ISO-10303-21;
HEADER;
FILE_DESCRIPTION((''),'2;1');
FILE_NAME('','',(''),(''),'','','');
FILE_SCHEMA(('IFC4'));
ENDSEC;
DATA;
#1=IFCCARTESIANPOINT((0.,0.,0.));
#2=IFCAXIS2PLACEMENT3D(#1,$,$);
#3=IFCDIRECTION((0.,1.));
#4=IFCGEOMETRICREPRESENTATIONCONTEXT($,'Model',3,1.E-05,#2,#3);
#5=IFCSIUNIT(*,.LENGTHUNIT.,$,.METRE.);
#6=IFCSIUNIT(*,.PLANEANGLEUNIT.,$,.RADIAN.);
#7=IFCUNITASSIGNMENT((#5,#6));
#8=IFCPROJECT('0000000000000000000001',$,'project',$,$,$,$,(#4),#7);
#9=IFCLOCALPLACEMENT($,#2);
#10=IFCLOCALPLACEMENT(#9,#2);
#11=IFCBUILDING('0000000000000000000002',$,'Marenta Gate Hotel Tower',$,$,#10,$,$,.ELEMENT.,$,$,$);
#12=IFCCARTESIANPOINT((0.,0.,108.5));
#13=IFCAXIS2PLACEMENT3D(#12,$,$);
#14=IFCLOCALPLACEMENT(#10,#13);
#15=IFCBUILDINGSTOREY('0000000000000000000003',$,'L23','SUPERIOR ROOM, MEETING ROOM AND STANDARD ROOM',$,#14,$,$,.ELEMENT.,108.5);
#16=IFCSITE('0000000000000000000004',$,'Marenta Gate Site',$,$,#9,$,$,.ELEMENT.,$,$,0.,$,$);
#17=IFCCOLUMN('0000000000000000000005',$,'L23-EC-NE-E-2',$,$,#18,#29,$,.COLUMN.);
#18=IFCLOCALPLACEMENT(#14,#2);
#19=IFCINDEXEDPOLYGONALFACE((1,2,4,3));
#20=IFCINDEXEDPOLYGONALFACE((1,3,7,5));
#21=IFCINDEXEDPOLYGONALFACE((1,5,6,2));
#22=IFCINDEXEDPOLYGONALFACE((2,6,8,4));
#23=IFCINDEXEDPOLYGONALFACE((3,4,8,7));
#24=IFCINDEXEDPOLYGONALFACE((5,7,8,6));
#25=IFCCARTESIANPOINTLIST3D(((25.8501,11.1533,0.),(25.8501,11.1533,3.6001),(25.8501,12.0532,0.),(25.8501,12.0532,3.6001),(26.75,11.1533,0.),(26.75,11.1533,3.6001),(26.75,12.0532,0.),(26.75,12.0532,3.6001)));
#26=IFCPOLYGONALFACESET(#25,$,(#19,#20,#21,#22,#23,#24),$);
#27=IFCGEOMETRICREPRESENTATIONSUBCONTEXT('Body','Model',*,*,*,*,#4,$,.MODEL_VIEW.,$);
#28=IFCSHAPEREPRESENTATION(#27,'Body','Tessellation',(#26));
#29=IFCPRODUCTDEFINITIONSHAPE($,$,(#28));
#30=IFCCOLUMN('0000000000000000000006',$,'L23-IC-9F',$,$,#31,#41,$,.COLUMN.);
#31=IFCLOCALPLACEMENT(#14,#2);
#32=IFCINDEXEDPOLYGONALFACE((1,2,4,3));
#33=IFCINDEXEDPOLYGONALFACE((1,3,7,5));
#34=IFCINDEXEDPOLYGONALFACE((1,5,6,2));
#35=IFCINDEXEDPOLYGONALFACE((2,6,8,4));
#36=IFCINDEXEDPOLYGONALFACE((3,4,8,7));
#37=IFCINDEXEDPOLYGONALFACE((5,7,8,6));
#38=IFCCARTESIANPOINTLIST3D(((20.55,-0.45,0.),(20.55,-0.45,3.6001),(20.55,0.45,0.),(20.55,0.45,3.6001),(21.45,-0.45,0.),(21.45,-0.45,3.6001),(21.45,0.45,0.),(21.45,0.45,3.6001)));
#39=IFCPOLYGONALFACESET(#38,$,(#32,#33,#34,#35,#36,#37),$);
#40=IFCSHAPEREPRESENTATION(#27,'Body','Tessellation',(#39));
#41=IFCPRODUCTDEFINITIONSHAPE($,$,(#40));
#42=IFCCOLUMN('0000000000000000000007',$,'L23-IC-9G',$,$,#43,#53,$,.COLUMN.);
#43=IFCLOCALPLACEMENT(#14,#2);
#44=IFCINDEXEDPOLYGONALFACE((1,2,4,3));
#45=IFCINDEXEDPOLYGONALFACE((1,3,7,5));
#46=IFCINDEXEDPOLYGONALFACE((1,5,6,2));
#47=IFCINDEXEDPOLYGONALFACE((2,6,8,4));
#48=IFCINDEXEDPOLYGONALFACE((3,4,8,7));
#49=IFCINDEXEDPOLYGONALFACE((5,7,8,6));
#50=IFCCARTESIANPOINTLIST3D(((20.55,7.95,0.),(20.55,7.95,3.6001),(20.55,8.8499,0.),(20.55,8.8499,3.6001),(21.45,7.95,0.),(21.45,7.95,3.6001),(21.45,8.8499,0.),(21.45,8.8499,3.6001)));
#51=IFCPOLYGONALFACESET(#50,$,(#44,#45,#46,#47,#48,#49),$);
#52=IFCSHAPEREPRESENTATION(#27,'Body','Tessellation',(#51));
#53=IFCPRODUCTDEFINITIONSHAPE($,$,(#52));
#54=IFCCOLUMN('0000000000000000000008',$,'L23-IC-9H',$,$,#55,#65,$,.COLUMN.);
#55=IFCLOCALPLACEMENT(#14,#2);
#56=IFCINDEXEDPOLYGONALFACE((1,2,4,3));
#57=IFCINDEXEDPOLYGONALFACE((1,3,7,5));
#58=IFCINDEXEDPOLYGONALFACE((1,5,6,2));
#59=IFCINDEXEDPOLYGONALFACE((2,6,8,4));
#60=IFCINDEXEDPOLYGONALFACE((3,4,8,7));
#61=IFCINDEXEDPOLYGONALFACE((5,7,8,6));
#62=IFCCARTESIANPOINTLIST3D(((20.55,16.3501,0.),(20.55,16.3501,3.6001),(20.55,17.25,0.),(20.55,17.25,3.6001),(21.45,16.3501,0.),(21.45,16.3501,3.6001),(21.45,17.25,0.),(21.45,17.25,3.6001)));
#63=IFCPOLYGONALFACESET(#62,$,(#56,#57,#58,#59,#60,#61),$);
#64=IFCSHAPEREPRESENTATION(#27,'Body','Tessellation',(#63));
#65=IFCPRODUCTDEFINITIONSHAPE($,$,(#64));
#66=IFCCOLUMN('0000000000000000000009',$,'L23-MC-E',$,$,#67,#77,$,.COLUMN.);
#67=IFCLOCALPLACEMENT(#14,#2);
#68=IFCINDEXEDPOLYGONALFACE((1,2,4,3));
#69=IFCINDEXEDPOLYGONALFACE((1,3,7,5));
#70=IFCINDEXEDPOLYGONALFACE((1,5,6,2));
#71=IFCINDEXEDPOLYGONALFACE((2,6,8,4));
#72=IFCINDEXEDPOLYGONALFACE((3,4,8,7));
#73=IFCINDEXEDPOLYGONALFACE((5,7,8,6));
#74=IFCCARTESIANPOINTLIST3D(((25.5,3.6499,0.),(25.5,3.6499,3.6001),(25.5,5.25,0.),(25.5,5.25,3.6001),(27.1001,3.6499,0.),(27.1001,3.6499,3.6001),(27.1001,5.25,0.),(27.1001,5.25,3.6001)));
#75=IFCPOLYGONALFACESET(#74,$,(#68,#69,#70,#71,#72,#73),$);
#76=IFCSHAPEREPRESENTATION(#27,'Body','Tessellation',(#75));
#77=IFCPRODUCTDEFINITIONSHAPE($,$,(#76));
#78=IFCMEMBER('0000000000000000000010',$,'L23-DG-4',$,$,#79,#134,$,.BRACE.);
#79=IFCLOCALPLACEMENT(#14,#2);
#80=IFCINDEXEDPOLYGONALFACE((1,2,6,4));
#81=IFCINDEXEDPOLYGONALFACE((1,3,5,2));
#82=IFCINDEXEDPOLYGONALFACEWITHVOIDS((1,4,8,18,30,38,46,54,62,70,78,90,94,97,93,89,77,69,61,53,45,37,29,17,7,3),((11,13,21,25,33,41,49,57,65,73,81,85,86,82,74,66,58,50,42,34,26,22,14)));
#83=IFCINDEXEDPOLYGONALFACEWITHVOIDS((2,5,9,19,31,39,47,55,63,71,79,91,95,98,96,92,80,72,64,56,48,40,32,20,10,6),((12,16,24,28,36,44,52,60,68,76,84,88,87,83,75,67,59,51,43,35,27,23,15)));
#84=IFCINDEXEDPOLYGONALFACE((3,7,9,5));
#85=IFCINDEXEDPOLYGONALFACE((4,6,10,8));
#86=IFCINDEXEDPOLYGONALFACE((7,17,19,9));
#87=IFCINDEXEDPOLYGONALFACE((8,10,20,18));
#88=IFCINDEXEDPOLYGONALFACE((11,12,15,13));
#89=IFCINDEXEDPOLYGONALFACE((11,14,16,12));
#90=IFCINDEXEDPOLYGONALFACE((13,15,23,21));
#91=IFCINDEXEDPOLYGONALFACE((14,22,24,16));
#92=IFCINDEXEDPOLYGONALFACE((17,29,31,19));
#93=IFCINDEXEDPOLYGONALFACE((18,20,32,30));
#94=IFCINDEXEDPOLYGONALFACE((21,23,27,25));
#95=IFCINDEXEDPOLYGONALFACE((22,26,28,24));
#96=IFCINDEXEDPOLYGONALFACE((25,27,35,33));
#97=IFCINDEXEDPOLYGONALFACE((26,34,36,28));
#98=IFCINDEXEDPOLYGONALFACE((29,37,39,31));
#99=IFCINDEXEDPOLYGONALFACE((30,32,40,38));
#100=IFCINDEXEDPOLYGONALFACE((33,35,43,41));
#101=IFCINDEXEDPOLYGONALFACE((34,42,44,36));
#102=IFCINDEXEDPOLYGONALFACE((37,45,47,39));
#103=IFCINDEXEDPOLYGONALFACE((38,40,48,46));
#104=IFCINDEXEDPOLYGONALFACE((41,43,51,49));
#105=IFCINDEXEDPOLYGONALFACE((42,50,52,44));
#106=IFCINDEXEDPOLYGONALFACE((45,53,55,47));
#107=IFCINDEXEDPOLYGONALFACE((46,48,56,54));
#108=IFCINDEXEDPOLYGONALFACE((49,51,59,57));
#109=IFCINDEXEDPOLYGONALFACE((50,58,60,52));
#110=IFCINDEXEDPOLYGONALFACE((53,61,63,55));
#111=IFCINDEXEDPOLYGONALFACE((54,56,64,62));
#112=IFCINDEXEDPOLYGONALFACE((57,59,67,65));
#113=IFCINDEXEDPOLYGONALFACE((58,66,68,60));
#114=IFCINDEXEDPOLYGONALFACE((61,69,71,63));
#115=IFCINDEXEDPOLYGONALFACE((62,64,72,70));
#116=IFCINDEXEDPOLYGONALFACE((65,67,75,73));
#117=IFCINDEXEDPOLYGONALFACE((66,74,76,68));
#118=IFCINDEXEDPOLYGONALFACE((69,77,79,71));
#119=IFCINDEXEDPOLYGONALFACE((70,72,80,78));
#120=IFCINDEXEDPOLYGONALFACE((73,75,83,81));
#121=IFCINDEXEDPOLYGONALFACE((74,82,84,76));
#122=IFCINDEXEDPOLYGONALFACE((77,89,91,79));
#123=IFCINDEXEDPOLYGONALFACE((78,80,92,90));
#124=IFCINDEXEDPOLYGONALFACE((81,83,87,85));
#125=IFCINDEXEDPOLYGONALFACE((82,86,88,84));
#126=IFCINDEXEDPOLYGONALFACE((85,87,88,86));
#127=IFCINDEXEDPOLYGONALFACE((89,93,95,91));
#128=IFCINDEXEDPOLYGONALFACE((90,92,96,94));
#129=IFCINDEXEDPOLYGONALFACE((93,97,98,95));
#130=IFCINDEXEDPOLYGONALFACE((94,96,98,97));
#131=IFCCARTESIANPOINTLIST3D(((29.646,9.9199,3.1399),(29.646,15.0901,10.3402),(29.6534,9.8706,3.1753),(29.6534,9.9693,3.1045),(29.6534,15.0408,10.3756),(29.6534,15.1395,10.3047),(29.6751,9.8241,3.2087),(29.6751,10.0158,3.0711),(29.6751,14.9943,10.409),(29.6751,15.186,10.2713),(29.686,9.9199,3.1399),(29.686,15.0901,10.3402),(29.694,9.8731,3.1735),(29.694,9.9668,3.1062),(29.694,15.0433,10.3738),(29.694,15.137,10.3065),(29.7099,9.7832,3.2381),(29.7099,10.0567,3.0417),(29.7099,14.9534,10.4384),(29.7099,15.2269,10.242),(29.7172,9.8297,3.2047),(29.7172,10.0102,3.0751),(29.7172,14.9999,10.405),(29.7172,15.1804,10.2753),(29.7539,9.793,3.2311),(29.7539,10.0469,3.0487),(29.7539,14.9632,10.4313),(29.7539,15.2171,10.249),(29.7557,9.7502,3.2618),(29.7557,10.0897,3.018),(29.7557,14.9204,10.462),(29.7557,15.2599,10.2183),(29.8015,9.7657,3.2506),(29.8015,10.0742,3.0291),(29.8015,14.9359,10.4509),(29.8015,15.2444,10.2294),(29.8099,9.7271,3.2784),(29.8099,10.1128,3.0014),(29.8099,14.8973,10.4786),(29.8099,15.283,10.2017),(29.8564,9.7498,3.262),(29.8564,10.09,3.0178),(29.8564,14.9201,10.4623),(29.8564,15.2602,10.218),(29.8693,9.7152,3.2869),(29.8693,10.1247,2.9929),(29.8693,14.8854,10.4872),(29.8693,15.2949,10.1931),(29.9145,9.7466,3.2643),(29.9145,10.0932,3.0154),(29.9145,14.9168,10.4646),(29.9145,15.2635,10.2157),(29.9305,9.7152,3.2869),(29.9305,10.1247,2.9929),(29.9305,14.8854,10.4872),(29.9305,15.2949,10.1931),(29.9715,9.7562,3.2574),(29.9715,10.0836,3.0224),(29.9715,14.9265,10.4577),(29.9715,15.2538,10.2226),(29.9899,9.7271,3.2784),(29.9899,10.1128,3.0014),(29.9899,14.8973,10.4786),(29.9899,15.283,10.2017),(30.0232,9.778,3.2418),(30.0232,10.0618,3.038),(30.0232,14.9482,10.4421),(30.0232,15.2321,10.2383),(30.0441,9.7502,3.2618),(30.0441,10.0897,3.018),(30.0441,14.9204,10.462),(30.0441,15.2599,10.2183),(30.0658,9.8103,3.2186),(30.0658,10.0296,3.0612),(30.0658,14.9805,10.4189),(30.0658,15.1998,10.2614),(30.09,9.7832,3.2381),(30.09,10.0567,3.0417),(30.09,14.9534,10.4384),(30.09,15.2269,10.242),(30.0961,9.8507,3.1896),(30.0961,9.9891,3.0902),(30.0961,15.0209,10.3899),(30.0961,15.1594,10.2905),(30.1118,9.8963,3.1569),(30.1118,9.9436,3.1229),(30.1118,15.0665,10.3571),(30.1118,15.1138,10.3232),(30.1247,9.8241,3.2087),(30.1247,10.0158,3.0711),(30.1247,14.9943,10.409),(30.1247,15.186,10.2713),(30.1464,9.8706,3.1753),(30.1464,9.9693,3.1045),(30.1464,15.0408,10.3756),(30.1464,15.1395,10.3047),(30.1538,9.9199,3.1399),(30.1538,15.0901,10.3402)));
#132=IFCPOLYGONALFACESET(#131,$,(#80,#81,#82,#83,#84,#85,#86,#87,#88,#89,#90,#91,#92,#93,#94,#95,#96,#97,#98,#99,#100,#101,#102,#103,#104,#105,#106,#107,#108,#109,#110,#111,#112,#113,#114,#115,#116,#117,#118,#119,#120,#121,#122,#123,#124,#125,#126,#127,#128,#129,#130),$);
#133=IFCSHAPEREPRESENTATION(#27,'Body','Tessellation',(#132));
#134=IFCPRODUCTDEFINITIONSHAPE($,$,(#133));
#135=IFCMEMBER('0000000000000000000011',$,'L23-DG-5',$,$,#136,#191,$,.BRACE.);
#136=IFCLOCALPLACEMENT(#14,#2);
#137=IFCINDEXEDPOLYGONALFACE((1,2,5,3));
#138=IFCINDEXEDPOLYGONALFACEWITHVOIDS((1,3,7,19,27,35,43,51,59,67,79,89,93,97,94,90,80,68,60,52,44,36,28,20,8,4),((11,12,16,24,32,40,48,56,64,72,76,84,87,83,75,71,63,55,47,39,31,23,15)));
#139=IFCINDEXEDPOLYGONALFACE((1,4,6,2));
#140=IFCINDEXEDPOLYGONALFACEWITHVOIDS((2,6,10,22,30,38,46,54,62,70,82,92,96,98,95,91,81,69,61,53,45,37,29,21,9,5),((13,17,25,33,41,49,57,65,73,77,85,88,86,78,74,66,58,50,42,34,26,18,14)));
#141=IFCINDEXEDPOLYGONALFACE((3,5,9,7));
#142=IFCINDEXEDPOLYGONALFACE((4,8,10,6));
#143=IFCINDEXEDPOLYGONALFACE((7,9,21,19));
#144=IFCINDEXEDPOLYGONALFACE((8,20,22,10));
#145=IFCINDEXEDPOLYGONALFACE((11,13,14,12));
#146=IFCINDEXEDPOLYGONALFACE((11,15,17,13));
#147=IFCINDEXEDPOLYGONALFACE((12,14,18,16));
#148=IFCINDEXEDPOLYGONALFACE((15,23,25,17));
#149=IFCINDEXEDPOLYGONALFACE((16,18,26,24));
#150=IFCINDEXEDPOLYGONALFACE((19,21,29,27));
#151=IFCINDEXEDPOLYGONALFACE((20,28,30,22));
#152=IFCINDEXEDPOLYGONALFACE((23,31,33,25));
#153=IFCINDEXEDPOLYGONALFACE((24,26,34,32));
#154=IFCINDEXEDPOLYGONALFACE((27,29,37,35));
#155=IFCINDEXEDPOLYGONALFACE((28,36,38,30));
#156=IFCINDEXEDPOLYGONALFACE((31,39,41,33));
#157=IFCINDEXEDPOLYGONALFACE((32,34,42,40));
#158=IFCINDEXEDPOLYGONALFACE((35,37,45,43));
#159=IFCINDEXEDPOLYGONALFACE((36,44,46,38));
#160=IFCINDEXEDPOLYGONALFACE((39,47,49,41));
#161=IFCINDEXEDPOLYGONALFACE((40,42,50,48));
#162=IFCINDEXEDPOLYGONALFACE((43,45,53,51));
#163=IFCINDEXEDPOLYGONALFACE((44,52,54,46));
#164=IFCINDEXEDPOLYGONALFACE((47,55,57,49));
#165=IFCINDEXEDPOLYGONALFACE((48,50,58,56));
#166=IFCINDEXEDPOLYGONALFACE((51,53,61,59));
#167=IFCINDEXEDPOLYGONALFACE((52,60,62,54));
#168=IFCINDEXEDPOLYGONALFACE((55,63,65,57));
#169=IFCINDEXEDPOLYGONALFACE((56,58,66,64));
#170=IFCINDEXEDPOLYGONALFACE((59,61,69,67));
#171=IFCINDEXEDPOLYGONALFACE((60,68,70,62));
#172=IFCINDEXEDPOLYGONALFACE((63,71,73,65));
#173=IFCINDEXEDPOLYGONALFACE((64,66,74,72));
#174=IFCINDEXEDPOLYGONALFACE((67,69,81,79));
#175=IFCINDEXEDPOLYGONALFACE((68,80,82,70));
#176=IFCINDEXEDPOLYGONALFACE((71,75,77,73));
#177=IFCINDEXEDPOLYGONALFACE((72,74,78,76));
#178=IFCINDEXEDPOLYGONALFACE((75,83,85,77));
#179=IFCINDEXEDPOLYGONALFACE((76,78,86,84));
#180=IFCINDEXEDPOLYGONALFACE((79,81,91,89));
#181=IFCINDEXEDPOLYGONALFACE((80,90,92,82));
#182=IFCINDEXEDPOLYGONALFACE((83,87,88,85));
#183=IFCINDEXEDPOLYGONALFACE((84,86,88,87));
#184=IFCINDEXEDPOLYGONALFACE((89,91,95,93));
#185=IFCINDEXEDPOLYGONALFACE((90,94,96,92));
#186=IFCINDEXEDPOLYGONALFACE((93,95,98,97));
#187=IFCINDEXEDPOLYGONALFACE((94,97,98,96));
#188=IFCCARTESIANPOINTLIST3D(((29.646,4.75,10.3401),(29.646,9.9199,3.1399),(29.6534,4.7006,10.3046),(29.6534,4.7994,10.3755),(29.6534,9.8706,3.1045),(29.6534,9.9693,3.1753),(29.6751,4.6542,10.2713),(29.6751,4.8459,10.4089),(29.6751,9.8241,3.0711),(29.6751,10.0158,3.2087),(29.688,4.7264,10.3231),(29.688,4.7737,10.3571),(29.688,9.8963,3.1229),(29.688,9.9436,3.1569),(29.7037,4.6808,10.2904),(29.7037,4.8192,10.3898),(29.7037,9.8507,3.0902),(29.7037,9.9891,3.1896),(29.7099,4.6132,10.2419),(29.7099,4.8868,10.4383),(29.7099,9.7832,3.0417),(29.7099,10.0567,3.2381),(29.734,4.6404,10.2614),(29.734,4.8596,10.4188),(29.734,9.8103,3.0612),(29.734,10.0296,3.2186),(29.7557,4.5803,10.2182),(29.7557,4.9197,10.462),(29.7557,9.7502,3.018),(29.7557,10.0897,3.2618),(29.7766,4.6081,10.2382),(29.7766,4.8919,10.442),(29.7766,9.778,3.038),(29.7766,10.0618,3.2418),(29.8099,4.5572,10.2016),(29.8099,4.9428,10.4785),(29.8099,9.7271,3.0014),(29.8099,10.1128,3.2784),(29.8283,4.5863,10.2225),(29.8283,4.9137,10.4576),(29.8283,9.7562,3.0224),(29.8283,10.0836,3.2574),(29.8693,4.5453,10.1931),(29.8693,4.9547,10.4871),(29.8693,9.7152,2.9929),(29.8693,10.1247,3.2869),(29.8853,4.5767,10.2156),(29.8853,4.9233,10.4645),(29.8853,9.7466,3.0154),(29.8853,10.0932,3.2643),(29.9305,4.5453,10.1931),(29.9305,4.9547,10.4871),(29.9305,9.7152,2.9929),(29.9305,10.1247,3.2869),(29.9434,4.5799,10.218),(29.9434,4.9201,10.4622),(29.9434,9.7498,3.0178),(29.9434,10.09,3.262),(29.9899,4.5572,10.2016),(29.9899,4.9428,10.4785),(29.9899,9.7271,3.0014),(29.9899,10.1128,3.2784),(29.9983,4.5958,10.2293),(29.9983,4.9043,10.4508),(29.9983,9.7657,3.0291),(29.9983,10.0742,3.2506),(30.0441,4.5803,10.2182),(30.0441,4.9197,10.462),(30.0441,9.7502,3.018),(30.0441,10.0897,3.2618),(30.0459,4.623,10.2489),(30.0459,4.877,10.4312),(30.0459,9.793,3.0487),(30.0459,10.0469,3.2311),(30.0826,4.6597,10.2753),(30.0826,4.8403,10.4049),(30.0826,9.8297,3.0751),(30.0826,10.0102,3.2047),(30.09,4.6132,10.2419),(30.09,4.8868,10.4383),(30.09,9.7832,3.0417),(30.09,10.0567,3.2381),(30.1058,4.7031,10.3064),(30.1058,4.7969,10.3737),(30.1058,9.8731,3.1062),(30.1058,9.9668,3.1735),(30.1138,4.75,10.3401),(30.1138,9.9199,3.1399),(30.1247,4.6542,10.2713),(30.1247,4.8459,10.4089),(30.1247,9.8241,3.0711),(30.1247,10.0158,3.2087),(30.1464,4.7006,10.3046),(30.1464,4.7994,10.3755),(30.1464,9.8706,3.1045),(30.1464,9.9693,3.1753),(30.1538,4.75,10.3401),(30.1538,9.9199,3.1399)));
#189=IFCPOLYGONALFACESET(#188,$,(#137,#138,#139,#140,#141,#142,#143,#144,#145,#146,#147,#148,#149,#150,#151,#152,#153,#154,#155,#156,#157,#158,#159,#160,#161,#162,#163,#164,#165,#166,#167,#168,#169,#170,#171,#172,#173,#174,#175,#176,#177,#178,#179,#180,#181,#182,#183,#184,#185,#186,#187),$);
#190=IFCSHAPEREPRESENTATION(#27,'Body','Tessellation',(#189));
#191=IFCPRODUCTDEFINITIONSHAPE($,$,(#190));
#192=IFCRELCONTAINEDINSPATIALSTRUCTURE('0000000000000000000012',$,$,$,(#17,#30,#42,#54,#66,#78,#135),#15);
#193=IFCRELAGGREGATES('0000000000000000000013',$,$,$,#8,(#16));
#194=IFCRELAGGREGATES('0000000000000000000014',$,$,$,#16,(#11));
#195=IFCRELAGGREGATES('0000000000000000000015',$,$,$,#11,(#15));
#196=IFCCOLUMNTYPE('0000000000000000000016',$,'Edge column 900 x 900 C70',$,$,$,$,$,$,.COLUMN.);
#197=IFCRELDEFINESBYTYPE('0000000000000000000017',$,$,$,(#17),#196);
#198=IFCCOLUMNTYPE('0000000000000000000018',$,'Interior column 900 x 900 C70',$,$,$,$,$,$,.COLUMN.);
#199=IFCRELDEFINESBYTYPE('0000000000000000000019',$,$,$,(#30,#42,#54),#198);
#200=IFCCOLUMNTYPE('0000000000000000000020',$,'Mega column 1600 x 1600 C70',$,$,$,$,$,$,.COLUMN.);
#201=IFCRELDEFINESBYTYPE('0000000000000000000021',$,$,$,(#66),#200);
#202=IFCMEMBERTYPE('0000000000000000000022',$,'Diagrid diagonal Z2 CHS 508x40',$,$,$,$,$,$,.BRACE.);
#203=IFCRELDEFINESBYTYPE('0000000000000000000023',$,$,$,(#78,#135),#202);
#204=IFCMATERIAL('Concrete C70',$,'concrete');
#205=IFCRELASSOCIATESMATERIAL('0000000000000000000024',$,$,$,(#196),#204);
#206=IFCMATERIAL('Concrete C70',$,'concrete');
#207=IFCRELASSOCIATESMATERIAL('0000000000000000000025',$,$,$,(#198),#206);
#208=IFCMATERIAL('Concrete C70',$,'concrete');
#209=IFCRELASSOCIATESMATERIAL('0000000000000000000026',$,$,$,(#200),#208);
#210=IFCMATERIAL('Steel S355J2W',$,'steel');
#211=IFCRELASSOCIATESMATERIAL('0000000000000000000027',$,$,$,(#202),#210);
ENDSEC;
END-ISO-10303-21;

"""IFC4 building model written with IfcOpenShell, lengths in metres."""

from ifc_helpers import new_model, si_unit, direction, frame, origin, origin_2d, place, context, subcontext, project, spatial, rectangle, hollow_circle, extrude, material, material_profile, profile_set, type_object, element, save


model = new_model("IFC4")

# Units and contexts
model_context = context("Model", 3, precision=1e-05, world=origin(), true_north=direction((0.0, 1.0)))
body_context = subcontext(model_context, "Body", "Model", "MODEL_VIEW")
ifc_project = project(units=[si_unit("LENGTHUNIT", "METRE"), si_unit("PLANEANGLEUNIT", "RADIAN")], contexts=[model_context])

# Site, building, storey
site_placement = place(None, origin())
site = spatial("IfcSite", under=ifc_project, at=site_placement, Name="Marenta Gate Site", CompositionType="ELEMENT", RefElevation=0.0)
building_placement = place(site_placement, origin())
building = spatial("IfcBuilding", under=site, at=building_placement, Name="Marenta Gate Hotel Tower", CompositionType="ELEMENT")
storey_placement = place(building_placement, frame((0.0, 0.0, 108.5)))
storey = spatial("IfcBuildingStorey", under=building, at=storey_placement, Name="L23", Description="SUPERIOR ROOM, MEETING ROOM AND STANDARD ROOM", CompositionType="ELEMENT", Elevation=108.5)

# Columns
ifc_material_1 = material(Name="Concrete C70", Category="concrete")
ifc_material_profile_1 = material_profile(ifc_material_1, rectangle(XDim=0.8999, YDim=0.8999, at=origin_2d()), Name="900 x 900")
ifc_profile_set_1 = profile_set([ifc_material_profile_1], Name="Concrete C70")
column_type_1 = type_object("IfcColumnType", Name="Edge column 900 x 900 C70", PredefinedType="COLUMN", material=ifc_profile_set_1)
column_1_placement = place(storey_placement, frame((26.3, 11.6033, 0.0), z_axis=(0.0, 0.0, 1.0), x_axis=(1.0, 0.0, 0.0)))
element("IfcColumn", 1, at=column_1_placement, inside=storey, type_object=column_type_1, Name="L23-EC-NE-E-2", PredefinedType="COLUMN", context=body_context, shape_type="SweptSolid", body=[
    extrude(rectangle(XDim=0.8999, YDim=0.8999, at=origin_2d()), origin(), (0.0, 0.0, 1.0), 3.6001),
])
ifc_material_2 = material(Name="Concrete C70", Category="concrete")
ifc_material_profile_2 = material_profile(ifc_material_2, rectangle(XDim=0.8999, YDim=0.8999, at=origin_2d()), Name="900 x 900")
ifc_profile_set_2 = profile_set([ifc_material_profile_2], Name="Concrete C70")
column_type_2 = type_object("IfcColumnType", Name="Interior column 900 x 900 C70", PredefinedType="COLUMN", material=ifc_profile_set_2)
for number, where, z_axis, x_axis, name in (
    (2, (21.0, 0.0, 0.0), (0.0, 0.0, 1.0), (1.0, 0.0, 0.0), "L23-IC-9F"),
    (3, (21.0, 8.3999, 0.0), (0.0, 0.0, 1.0), (1.0, 0.0, 0.0), "L23-IC-9G"),
    (4, (21.0, 16.8, 0.0), (0.0, 0.0, 1.0), (1.0, 0.0, 0.0), "L23-IC-9H"),
):
    element("IfcColumn", number, at=place(storey_placement, frame(where, z_axis=z_axis, x_axis=x_axis)), inside=storey, type_object=column_type_2, Name=name, PredefinedType="COLUMN", context=body_context, shape_type="SweptSolid", body=[
        extrude(rectangle(XDim=0.8999, YDim=0.8999, at=origin_2d()), origin(), (0.0, 0.0, 1.0), 3.6001),
    ])
ifc_material_3 = material(Name="Concrete C70", Category="concrete")
ifc_material_profile_3 = material_profile(ifc_material_3, rectangle(XDim=1.6001, YDim=1.6001, at=origin_2d()), Name="1600 x 1600")
ifc_profile_set_3 = profile_set([ifc_material_profile_3], Name="Concrete C70")
column_type_3 = type_object("IfcColumnType", Name="Mega column 1600 x 1600 C70", PredefinedType="COLUMN", material=ifc_profile_set_3)
column_2_placement = place(storey_placement, frame((26.3, 4.45, 0.0), z_axis=(0.0, 0.0, 1.0), x_axis=(1.0, 0.0, 0.0)))
element("IfcColumn", 5, at=column_2_placement, inside=storey, type_object=column_type_3, Name="L23-MC-E", PredefinedType="COLUMN", context=body_context, shape_type="SweptSolid", body=[
    extrude(rectangle(XDim=1.6001, YDim=1.6001, at=origin_2d()), origin(), (0.0, 0.0, 1.0), 3.6001),
])

# Members
ifc_material_4 = material(Name="Steel S355J2W", Category="steel")
ifc_material_profile_4 = material_profile(ifc_material_4, hollow_circle(Radius=0.2539, WallThickness=0.04, at=origin_2d()), Name="CHS 508x40")
ifc_profile_set_4 = profile_set([ifc_material_profile_4], Name="Steel S355J2W")
member_type_1 = type_object("IfcMemberType", Name="Diagrid diagonal Z2 CHS 508x40", PredefinedType="BRACE", material=ifc_profile_set_4)
member_1_placement = place(storey_placement, frame((29.8999, 9.9199, 3.1399), z_axis=(0.0, 0.583266, 0.812281), x_axis=(-1.0, 0.0, 0.0)))
element("IfcMember", 6, at=member_1_placement, inside=storey, type_object=member_type_1, Name="L23-DG-4", PredefinedType="BRACE", context=body_context, shape_type="SweptSolid", body=[
    extrude(hollow_circle(Radius=0.2539, WallThickness=0.04, at=origin_2d()), origin(), (0.0, 0.0, 1.0), 8.8643),
])
member_2_placement = place(storey_placement, frame((29.8999, 9.9199, 3.1399), z_axis=(0.0, -0.583248, 0.812294), x_axis=(1.0, 0.0, 0.0)))
element("IfcMember", 7, at=member_2_placement, inside=storey, type_object=member_type_1, Name="L23-DG-5", PredefinedType="BRACE", context=body_context, shape_type="SweptSolid", body=[
    extrude(hollow_circle(Radius=0.2539, WallThickness=0.04, at=origin_2d()), origin(), (0.0, 0.0, 1.0), 8.864),
])

save(model, "model.ifc")
